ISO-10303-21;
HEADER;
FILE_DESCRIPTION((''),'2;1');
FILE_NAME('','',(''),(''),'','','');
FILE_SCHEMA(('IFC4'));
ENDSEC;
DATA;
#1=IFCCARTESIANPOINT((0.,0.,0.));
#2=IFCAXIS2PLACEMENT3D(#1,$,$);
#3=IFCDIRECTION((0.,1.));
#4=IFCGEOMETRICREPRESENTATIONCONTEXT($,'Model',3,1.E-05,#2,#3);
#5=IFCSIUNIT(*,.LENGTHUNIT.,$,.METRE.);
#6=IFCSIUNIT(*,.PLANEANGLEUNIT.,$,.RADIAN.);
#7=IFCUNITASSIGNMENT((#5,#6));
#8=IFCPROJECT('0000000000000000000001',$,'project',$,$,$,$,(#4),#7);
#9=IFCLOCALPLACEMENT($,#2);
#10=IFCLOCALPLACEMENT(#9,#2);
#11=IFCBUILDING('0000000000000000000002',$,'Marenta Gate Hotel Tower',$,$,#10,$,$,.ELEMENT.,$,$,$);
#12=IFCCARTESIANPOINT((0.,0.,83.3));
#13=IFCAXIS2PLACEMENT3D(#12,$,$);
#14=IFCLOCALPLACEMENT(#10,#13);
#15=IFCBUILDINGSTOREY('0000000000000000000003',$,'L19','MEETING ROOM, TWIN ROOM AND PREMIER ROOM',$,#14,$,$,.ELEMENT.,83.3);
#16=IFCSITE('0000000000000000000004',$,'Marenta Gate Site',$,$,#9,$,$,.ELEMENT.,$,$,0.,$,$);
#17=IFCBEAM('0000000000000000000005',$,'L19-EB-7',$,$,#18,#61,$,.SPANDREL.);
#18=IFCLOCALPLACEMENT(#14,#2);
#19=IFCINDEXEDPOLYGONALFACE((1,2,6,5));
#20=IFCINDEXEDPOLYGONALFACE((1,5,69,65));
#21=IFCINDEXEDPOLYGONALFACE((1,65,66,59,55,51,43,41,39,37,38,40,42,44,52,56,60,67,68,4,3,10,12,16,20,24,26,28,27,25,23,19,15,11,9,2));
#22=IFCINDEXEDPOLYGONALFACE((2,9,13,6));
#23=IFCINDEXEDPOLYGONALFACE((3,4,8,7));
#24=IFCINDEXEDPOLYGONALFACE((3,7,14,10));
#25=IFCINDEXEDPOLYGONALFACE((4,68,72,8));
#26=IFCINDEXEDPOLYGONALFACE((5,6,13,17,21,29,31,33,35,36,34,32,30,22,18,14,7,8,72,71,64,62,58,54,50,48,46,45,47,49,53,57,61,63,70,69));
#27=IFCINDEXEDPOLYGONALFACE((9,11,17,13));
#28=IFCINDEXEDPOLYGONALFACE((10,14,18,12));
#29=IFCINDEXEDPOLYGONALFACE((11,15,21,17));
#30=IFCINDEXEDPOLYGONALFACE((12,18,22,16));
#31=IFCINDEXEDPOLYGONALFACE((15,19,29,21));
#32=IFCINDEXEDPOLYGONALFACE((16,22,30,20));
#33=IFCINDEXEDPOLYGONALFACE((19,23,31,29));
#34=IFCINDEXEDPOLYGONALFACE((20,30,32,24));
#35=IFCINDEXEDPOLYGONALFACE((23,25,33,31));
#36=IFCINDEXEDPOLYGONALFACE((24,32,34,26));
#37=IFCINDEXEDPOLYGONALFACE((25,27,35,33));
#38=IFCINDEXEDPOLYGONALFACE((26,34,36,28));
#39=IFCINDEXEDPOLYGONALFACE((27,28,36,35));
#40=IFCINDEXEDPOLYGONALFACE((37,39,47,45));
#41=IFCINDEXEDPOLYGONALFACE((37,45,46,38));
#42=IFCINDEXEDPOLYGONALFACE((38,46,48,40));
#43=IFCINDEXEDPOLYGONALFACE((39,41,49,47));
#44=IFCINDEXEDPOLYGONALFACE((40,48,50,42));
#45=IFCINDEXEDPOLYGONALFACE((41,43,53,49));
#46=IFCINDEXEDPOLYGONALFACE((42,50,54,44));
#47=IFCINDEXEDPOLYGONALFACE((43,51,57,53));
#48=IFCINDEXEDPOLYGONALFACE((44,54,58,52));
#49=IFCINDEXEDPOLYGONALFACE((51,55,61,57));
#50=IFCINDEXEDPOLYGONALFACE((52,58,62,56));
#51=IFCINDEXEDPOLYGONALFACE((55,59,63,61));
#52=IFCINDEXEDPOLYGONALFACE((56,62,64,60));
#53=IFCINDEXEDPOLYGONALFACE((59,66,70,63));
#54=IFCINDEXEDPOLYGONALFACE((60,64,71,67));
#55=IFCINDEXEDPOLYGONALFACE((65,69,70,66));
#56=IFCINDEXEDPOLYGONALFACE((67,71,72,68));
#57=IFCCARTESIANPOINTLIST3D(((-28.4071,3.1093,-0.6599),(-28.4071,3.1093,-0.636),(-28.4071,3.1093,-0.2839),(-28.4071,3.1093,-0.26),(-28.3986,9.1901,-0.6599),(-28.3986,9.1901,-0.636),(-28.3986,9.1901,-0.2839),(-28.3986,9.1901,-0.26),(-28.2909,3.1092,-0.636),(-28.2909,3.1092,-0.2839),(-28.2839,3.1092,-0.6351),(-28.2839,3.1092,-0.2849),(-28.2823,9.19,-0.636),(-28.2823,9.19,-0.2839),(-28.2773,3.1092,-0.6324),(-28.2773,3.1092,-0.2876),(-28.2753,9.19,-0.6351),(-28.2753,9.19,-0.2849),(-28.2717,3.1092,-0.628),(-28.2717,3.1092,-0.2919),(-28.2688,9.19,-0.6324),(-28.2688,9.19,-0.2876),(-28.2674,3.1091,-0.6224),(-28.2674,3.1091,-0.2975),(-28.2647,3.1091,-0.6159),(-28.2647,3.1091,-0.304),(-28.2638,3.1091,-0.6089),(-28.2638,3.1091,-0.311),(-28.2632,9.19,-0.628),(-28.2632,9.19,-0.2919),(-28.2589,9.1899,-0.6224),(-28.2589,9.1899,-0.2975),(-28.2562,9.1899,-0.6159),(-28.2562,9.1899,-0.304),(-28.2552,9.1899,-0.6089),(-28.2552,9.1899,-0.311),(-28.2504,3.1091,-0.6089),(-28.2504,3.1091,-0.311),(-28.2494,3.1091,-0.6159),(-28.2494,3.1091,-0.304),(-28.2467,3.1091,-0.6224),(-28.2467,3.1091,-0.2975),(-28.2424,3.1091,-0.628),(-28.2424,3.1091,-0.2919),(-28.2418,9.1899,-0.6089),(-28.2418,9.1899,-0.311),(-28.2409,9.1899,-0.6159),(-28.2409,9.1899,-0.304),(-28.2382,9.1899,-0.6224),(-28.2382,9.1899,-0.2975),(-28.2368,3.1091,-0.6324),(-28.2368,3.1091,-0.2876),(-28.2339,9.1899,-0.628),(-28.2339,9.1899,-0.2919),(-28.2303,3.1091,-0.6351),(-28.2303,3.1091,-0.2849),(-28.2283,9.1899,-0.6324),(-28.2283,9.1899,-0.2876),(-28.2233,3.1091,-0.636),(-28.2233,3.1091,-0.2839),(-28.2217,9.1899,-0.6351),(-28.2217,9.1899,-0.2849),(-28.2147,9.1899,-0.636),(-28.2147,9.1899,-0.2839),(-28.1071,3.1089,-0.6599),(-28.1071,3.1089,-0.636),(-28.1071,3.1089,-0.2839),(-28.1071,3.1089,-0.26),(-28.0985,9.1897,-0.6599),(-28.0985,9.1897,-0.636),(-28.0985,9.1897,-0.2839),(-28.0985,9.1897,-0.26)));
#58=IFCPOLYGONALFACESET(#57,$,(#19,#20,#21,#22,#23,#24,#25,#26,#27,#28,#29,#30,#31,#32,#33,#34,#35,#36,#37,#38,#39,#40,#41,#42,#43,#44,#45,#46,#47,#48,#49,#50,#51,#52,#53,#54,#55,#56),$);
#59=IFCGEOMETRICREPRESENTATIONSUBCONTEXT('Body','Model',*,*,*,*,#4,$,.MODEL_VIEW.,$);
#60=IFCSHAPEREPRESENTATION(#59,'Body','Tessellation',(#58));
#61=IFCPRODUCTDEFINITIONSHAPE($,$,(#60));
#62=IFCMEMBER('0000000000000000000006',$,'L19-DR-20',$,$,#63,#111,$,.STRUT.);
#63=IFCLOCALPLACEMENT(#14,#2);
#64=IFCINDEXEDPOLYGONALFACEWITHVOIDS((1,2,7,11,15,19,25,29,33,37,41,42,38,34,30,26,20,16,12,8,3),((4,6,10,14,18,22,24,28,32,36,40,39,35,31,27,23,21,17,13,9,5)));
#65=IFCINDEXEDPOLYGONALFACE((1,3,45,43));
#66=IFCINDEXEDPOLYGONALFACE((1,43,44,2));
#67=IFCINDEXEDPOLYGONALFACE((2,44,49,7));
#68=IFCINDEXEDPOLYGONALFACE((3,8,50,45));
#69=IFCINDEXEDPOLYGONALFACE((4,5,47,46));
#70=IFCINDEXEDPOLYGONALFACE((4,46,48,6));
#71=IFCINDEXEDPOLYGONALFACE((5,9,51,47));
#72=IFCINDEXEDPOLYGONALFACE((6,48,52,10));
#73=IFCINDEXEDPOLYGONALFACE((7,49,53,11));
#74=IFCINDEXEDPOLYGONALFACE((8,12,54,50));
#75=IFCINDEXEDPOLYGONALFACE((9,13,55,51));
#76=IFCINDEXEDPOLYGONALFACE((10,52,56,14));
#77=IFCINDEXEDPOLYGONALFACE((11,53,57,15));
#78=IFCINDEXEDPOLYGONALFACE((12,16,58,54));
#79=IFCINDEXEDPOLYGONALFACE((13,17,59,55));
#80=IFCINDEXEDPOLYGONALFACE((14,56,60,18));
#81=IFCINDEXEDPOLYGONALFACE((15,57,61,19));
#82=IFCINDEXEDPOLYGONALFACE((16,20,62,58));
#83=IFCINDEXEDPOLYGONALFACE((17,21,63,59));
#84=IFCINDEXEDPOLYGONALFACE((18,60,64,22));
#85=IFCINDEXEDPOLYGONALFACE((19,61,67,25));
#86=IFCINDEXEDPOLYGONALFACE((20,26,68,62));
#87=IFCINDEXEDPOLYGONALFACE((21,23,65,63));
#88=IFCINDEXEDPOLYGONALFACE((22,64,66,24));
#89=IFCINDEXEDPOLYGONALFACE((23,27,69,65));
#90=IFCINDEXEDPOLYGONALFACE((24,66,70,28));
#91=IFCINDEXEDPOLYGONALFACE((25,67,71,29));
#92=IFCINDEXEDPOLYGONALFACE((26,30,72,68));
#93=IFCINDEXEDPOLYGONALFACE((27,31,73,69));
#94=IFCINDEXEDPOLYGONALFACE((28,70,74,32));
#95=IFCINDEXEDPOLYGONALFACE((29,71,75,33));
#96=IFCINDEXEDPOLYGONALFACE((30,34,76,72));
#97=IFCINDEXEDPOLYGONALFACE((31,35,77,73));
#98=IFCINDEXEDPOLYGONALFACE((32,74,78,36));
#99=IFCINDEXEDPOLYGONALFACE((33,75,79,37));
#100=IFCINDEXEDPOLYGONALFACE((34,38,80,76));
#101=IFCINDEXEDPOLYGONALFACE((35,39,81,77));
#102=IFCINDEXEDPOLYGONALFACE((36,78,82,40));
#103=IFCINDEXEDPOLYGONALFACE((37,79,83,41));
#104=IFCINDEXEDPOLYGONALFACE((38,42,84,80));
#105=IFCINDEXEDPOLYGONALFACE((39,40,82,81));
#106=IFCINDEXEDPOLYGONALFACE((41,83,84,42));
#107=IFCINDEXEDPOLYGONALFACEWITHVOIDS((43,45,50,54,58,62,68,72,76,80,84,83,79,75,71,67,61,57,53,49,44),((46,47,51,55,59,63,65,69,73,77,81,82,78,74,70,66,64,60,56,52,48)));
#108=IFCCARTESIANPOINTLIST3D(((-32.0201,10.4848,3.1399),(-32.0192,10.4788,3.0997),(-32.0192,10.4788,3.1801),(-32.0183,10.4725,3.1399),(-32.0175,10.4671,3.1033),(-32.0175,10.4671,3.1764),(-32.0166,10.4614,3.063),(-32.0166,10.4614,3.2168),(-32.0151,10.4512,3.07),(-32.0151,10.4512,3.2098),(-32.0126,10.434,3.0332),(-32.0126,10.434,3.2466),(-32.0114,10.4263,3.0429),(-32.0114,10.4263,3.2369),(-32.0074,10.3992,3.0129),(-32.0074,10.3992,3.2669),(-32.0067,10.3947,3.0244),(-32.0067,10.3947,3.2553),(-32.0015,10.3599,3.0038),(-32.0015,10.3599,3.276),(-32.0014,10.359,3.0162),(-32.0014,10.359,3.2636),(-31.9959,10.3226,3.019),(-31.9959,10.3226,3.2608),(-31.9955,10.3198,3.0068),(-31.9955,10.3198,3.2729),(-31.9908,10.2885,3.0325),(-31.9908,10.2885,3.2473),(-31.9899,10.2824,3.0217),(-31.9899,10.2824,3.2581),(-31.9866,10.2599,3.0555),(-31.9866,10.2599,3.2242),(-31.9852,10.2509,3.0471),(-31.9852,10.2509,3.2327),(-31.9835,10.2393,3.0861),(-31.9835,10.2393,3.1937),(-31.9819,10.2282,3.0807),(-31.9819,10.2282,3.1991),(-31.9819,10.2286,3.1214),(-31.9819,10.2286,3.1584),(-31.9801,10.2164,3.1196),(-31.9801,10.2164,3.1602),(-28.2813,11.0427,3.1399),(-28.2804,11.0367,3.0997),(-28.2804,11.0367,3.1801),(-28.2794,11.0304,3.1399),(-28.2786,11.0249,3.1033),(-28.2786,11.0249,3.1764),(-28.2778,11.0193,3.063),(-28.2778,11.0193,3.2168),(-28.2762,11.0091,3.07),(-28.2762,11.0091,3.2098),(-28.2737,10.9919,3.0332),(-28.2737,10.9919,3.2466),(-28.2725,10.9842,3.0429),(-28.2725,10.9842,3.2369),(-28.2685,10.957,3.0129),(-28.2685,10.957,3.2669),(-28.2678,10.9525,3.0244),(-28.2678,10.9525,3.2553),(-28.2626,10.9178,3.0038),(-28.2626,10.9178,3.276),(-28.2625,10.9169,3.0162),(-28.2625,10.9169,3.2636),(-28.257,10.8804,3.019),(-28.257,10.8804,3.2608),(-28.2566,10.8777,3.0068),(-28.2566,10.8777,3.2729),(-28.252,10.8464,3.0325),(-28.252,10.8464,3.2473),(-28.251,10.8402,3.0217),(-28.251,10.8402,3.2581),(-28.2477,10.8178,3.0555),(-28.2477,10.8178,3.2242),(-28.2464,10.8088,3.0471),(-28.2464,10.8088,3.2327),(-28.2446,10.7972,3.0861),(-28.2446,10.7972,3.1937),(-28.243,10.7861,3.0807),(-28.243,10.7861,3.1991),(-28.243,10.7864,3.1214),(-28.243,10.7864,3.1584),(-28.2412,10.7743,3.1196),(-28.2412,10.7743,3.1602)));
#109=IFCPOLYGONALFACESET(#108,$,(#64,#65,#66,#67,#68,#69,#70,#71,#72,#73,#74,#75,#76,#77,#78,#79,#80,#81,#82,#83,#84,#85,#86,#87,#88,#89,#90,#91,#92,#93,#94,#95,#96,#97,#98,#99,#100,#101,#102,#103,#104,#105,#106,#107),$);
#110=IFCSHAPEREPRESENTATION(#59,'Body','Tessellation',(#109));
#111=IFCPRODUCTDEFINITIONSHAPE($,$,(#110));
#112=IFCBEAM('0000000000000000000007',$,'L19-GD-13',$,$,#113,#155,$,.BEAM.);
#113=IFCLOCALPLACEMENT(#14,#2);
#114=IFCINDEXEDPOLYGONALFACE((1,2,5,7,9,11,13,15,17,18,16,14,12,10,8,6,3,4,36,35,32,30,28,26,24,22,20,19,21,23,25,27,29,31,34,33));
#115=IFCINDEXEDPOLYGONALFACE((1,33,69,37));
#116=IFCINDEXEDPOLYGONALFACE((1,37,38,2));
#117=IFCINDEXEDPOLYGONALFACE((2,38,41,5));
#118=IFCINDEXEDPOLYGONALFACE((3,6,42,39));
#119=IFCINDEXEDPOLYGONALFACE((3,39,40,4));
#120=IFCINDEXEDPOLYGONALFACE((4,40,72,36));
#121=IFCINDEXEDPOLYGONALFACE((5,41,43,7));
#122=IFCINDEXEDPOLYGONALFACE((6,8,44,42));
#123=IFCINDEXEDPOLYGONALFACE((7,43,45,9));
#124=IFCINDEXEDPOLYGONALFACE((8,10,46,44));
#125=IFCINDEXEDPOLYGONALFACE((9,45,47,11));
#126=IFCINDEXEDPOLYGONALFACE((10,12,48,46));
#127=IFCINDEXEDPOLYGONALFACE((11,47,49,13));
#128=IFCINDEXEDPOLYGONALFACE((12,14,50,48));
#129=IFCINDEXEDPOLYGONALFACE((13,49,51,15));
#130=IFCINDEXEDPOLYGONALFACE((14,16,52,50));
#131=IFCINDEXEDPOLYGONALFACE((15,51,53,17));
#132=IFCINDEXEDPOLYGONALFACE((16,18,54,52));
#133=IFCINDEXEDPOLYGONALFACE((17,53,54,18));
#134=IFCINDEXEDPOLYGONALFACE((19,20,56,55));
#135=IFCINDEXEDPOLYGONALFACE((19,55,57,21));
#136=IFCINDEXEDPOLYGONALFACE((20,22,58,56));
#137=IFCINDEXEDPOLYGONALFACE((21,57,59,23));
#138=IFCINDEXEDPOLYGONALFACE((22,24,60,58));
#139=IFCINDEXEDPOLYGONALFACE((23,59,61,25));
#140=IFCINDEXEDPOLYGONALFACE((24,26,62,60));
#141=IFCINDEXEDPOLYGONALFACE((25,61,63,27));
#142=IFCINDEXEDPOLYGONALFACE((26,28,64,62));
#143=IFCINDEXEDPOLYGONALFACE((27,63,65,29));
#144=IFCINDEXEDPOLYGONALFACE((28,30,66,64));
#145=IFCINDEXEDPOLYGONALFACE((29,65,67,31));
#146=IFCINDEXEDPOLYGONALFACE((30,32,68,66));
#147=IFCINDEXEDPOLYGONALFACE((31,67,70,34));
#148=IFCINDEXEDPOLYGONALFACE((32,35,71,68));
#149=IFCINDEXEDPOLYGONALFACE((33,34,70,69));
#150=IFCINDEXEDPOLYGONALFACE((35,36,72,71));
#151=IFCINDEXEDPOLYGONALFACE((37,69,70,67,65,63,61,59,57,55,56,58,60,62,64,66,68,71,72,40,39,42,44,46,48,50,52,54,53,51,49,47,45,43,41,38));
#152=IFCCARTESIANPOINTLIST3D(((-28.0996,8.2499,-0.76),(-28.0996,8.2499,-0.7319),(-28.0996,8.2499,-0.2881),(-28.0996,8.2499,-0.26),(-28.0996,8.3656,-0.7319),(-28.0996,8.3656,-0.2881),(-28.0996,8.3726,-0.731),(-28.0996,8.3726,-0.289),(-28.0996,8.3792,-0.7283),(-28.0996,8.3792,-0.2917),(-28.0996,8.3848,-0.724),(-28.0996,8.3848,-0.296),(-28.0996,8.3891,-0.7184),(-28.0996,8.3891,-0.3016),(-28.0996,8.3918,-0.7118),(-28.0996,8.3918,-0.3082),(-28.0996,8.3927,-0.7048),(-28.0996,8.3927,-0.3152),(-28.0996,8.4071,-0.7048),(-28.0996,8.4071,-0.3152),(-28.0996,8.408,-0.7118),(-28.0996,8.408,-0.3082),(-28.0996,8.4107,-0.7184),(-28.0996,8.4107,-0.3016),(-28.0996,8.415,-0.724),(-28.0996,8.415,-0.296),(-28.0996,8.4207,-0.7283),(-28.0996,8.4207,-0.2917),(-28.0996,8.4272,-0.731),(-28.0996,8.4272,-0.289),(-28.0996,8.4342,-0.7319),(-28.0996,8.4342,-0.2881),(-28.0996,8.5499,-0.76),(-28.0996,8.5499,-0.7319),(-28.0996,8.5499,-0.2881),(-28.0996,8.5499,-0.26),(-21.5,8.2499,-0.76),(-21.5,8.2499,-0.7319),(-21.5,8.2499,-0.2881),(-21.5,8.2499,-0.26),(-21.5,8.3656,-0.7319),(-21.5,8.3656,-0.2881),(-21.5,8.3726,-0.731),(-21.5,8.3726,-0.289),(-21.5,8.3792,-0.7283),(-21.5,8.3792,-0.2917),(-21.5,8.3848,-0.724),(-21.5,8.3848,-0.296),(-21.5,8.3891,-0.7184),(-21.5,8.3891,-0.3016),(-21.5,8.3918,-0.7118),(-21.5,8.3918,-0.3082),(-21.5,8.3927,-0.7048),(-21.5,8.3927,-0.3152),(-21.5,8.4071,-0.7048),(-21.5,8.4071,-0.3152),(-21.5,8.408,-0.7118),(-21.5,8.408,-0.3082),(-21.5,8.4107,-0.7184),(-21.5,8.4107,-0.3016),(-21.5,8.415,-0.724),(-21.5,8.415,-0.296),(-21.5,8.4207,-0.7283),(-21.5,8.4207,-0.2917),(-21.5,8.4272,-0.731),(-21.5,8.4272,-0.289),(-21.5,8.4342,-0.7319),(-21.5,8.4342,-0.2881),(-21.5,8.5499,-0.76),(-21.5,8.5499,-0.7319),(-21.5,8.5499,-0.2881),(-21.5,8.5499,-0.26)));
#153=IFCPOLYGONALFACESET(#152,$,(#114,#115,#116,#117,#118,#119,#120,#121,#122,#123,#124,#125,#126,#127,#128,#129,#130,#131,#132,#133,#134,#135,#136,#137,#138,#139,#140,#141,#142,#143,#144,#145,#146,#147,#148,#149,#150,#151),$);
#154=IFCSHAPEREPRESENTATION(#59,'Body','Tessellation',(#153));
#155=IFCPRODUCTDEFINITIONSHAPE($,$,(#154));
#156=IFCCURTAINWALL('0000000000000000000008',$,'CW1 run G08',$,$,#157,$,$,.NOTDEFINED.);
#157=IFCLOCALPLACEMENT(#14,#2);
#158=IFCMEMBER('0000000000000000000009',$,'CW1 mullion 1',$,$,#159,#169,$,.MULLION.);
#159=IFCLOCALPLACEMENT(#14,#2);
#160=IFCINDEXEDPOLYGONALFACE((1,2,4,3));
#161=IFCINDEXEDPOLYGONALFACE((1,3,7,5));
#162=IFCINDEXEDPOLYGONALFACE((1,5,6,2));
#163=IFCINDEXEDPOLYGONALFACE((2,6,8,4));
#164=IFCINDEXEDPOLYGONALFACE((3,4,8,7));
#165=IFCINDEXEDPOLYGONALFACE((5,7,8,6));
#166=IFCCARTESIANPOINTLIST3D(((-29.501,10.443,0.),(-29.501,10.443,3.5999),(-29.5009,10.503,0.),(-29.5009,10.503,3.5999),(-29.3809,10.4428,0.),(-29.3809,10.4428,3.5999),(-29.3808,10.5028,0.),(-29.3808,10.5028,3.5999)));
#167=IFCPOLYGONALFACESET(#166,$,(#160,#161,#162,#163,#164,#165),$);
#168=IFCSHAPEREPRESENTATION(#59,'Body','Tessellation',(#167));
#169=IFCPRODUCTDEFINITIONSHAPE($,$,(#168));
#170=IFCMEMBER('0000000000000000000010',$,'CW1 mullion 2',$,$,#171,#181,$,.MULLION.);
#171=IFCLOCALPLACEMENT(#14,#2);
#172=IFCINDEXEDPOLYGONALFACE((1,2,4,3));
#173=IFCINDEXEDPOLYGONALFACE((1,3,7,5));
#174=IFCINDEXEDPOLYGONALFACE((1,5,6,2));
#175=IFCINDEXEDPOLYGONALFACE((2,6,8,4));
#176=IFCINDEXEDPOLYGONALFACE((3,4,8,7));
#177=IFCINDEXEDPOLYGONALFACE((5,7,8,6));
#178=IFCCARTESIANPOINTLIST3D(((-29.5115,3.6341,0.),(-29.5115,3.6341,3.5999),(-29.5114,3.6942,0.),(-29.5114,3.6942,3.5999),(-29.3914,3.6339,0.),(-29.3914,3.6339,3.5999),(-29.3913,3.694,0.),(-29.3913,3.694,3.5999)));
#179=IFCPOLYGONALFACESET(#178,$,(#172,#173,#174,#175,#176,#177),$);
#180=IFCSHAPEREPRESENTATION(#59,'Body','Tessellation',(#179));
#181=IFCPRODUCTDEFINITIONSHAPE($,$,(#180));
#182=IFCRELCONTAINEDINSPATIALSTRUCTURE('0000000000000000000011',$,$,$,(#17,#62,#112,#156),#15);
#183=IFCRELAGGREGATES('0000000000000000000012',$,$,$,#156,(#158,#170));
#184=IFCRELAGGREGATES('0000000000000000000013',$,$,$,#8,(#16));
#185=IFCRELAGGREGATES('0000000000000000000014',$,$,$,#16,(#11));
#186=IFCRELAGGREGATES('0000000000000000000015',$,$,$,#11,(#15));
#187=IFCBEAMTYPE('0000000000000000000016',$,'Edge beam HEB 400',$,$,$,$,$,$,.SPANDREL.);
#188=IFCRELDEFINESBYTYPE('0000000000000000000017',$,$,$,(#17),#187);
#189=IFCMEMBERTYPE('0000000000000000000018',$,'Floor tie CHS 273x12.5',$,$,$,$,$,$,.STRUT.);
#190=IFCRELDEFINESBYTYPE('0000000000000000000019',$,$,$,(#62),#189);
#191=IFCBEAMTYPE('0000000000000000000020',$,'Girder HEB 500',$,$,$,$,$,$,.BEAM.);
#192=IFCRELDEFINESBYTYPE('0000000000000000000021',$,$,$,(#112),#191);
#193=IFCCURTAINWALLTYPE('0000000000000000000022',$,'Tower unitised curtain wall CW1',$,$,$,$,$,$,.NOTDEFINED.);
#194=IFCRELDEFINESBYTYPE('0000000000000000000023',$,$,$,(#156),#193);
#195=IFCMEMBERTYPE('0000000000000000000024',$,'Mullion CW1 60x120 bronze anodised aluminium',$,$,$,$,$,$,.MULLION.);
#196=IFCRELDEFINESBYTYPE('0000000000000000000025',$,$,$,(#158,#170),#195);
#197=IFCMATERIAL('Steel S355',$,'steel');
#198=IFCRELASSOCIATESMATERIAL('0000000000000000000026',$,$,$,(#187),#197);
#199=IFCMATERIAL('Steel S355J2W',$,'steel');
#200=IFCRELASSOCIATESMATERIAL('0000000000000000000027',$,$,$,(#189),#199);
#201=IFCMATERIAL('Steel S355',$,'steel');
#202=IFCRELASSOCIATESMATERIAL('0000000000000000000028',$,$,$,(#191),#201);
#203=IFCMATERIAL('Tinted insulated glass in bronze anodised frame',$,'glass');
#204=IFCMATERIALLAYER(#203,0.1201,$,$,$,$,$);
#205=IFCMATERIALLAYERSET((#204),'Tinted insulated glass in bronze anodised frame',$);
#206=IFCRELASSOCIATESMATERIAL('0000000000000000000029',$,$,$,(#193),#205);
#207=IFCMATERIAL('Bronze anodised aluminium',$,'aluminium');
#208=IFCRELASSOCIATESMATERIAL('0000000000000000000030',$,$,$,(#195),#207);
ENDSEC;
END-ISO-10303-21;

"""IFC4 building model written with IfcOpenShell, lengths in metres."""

from ifc_helpers import new_model, si_unit, direction, frame, origin, origin_2d, place, context, subcontext, project, spatial, rectangle, hollow_circle, i_section, extrude, material, layer, layer_set, material_profile, profile_set, type_object, element, aggregate, save


model = new_model("IFC4")

# Units and contexts
model_context = context("Model", 3, precision=1e-05, world=origin(), true_north=direction((0.0, 1.0)))
body_context = subcontext(model_context, "Body", "Model", "MODEL_VIEW")
ifc_project = project(units=[si_unit("LENGTHUNIT", "METRE"), si_unit("PLANEANGLEUNIT", "RADIAN")], contexts=[model_context])

# Site, building, storey
site_placement = place(None, origin())
site = spatial("IfcSite", under=ifc_project, at=site_placement, Name="Marenta Gate Site", CompositionType="ELEMENT", RefElevation=0.0)
building_placement = place(site_placement, origin())
building = spatial("IfcBuilding", under=site, at=building_placement, Name="Marenta Gate Hotel Tower", CompositionType="ELEMENT")
storey_placement = place(building_placement, frame((0.0, 0.0, 83.3)))
storey = spatial("IfcBuildingStorey", under=building, at=storey_placement, Name="L19", Description="MEETING ROOM, TWIN ROOM AND PREMIER ROOM", CompositionType="ELEMENT", Elevation=83.3)

# Beam
ifc_material_1 = material(Name="Steel S355", Category="steel")
ifc_material_profile_1 = material_profile(ifc_material_1, i_section(OverallWidth=0.3, OverallDepth=0.3999, WebThickness=0.0134, FlangeThickness=0.0239, FilletRadius=0.0271, at=origin_2d()), Name="HEB 400")
ifc_profile_set_1 = profile_set([ifc_material_profile_1], Name="Steel S355")
beam_type_1 = type_object("IfcBeamType", Name="Edge beam HEB 400", PredefinedType="SPANDREL", material=ifc_profile_set_1)
beam_1_placement = place(storey_placement, frame((-28.2571, 3.1091, -0.46), z_axis=(0.001405, 0.999999, 0.0), x_axis=(-0.999999, 0.001405, 0.0)))
element("IfcBeam", 1, at=beam_1_placement, inside=storey, type_object=beam_type_1, Name="L19-EB-7", PredefinedType="SPANDREL", context=body_context, shape_type="SweptSolid", body=[
    extrude(i_section(OverallWidth=0.3, OverallDepth=0.3999, WebThickness=0.0134, FlangeThickness=0.0239, FilletRadius=0.0271, at=origin_2d()), origin(), (0.0, 0.0, 1.0), 6.0808),
])

# Member
ifc_material_2 = material(Name="Steel S355J2W", Category="steel")
ifc_material_profile_2 = material_profile(ifc_material_2, hollow_circle(Radius=0.1365, WallThickness=0.0125, at=origin_2d()), Name="CHS 273x12.5")
ifc_profile_set_2 = profile_set([ifc_material_profile_2], Name="Steel S355J2W")
member_type_1 = type_object("IfcMemberType", Name="Floor tie CHS 273x12.5", PredefinedType="STRUT", material=ifc_profile_set_2)
member_1_placement = place(storey_placement, frame((-32.0, 10.3499, 3.1399), z_axis=(0.989051, 0.147576, 0.0), x_axis=(-0.147576, 0.989051, 0.0)))
element("IfcMember", 2, at=member_1_placement, inside=storey, type_object=member_type_1, Name="L19-DR-20", PredefinedType="STRUT", context=body_context, shape_type="SweptSolid", body=[
    extrude(hollow_circle(Radius=0.1365, WallThickness=0.0125, at=origin_2d()), origin(), (0.0, 0.0, 1.0), 3.7803),
])

# Beam
ifc_material_3 = material(Name="Steel S355", Category="steel")
ifc_material_profile_3 = material_profile(ifc_material_3, i_section(OverallWidth=0.3, OverallDepth=0.5, WebThickness=0.0144, FlangeThickness=0.0281, FilletRadius=0.0271, at=origin_2d()), Name="HEB 500")
ifc_profile_set_3 = profile_set([ifc_material_profile_3], Name="Steel S355")
beam_type_2 = type_object("IfcBeamType", Name="Girder HEB 500", PredefinedType="BEAM", material=ifc_profile_set_3)
beam_2_placement = place(storey_placement, frame((-28.0996, 8.3999, -0.51), z_axis=(1.0, 0.0, 0.0), x_axis=(0.0, 1.0, 0.0)))
element("IfcBeam", 3, at=beam_2_placement, inside=storey, type_object=beam_type_2, Name="L19-GD-13", PredefinedType="BEAM", context=body_context, shape_type="SweptSolid", body=[
    extrude(i_section(OverallWidth=0.3, OverallDepth=0.5, WebThickness=0.0144, FlangeThickness=0.0281, FilletRadius=0.0271, at=origin_2d()), origin(), (0.0, 0.0, 1.0), 6.5996),
])

# Curtain wall, members
ifc_material_4 = material(Name="Tinted insulated glass in bronze anodised frame", Category="glass")
ifc_layer_1 = layer(ifc_material_4, 0.1201)
ifc_layer_set_1 = layer_set([ifc_layer_1], Name="Tinted insulated glass in bronze anodised frame")
curtain_wall_type = type_object("IfcCurtainWallType", Name="Tower unitised curtain wall CW1", PredefinedType="NOTDEFINED", material=ifc_layer_set_1)
curtain_wall_placement = place(storey_placement, origin())
curtain_wall = element("IfcCurtainWall", 4, at=curtain_wall_placement, inside=storey, type_object=curtain_wall_type, Name="CW1 run G08", PredefinedType="NOTDEFINED")
ifc_material_5 = material(Name="Bronze anodised aluminium", Category="aluminium")
ifc_material_profile_4 = material_profile(ifc_material_5, rectangle(XDim=0.1201, YDim=0.0601, at=origin_2d()), Name="Mullion CW1 60x120 bronze anodised aluminium")
ifc_profile_set_4 = profile_set([ifc_material_profile_4], Name="Bronze anodised aluminium")
member_type_2 = type_object("IfcMemberType", Name="Mullion CW1 60x120 bronze anodised aluminium", PredefinedType="MULLION", material=ifc_profile_set_4)
member_2_placement = place(storey_placement, frame((-29.4409, 10.4729, 0.0), z_axis=(0.0, 0.0, 1.0), x_axis=(0.999999, -0.001565, 0.0)))
member_2 = element("IfcMember", 5, at=member_2_placement, type_object=member_type_2, Name="CW1 mullion 1", PredefinedType="MULLION", context=body_context, shape_type="SweptSolid", body=[
    extrude(rectangle(XDim=0.1201, YDim=0.0601, at=origin_2d()), origin(), (0.0, 0.0, 1.0), 3.5999),
])
member_3_placement = place(storey_placement, frame((-29.4514, 3.6641, 0.0), z_axis=(0.0, 0.0, 1.0), x_axis=(0.999999, -0.001565, 0.0)))
member_3 = element("IfcMember", 6, at=member_3_placement, type_object=member_type_2, Name="CW1 mullion 2", PredefinedType="MULLION", context=body_context, shape_type="SweptSolid", body=[
    extrude(rectangle(XDim=0.1201, YDim=0.0601, at=origin_2d()), origin(), (0.0, 0.0, 1.0), 3.5999),
])
aggregate(curtain_wall, [member_2, member_3])

save(model, "model.ifc")
